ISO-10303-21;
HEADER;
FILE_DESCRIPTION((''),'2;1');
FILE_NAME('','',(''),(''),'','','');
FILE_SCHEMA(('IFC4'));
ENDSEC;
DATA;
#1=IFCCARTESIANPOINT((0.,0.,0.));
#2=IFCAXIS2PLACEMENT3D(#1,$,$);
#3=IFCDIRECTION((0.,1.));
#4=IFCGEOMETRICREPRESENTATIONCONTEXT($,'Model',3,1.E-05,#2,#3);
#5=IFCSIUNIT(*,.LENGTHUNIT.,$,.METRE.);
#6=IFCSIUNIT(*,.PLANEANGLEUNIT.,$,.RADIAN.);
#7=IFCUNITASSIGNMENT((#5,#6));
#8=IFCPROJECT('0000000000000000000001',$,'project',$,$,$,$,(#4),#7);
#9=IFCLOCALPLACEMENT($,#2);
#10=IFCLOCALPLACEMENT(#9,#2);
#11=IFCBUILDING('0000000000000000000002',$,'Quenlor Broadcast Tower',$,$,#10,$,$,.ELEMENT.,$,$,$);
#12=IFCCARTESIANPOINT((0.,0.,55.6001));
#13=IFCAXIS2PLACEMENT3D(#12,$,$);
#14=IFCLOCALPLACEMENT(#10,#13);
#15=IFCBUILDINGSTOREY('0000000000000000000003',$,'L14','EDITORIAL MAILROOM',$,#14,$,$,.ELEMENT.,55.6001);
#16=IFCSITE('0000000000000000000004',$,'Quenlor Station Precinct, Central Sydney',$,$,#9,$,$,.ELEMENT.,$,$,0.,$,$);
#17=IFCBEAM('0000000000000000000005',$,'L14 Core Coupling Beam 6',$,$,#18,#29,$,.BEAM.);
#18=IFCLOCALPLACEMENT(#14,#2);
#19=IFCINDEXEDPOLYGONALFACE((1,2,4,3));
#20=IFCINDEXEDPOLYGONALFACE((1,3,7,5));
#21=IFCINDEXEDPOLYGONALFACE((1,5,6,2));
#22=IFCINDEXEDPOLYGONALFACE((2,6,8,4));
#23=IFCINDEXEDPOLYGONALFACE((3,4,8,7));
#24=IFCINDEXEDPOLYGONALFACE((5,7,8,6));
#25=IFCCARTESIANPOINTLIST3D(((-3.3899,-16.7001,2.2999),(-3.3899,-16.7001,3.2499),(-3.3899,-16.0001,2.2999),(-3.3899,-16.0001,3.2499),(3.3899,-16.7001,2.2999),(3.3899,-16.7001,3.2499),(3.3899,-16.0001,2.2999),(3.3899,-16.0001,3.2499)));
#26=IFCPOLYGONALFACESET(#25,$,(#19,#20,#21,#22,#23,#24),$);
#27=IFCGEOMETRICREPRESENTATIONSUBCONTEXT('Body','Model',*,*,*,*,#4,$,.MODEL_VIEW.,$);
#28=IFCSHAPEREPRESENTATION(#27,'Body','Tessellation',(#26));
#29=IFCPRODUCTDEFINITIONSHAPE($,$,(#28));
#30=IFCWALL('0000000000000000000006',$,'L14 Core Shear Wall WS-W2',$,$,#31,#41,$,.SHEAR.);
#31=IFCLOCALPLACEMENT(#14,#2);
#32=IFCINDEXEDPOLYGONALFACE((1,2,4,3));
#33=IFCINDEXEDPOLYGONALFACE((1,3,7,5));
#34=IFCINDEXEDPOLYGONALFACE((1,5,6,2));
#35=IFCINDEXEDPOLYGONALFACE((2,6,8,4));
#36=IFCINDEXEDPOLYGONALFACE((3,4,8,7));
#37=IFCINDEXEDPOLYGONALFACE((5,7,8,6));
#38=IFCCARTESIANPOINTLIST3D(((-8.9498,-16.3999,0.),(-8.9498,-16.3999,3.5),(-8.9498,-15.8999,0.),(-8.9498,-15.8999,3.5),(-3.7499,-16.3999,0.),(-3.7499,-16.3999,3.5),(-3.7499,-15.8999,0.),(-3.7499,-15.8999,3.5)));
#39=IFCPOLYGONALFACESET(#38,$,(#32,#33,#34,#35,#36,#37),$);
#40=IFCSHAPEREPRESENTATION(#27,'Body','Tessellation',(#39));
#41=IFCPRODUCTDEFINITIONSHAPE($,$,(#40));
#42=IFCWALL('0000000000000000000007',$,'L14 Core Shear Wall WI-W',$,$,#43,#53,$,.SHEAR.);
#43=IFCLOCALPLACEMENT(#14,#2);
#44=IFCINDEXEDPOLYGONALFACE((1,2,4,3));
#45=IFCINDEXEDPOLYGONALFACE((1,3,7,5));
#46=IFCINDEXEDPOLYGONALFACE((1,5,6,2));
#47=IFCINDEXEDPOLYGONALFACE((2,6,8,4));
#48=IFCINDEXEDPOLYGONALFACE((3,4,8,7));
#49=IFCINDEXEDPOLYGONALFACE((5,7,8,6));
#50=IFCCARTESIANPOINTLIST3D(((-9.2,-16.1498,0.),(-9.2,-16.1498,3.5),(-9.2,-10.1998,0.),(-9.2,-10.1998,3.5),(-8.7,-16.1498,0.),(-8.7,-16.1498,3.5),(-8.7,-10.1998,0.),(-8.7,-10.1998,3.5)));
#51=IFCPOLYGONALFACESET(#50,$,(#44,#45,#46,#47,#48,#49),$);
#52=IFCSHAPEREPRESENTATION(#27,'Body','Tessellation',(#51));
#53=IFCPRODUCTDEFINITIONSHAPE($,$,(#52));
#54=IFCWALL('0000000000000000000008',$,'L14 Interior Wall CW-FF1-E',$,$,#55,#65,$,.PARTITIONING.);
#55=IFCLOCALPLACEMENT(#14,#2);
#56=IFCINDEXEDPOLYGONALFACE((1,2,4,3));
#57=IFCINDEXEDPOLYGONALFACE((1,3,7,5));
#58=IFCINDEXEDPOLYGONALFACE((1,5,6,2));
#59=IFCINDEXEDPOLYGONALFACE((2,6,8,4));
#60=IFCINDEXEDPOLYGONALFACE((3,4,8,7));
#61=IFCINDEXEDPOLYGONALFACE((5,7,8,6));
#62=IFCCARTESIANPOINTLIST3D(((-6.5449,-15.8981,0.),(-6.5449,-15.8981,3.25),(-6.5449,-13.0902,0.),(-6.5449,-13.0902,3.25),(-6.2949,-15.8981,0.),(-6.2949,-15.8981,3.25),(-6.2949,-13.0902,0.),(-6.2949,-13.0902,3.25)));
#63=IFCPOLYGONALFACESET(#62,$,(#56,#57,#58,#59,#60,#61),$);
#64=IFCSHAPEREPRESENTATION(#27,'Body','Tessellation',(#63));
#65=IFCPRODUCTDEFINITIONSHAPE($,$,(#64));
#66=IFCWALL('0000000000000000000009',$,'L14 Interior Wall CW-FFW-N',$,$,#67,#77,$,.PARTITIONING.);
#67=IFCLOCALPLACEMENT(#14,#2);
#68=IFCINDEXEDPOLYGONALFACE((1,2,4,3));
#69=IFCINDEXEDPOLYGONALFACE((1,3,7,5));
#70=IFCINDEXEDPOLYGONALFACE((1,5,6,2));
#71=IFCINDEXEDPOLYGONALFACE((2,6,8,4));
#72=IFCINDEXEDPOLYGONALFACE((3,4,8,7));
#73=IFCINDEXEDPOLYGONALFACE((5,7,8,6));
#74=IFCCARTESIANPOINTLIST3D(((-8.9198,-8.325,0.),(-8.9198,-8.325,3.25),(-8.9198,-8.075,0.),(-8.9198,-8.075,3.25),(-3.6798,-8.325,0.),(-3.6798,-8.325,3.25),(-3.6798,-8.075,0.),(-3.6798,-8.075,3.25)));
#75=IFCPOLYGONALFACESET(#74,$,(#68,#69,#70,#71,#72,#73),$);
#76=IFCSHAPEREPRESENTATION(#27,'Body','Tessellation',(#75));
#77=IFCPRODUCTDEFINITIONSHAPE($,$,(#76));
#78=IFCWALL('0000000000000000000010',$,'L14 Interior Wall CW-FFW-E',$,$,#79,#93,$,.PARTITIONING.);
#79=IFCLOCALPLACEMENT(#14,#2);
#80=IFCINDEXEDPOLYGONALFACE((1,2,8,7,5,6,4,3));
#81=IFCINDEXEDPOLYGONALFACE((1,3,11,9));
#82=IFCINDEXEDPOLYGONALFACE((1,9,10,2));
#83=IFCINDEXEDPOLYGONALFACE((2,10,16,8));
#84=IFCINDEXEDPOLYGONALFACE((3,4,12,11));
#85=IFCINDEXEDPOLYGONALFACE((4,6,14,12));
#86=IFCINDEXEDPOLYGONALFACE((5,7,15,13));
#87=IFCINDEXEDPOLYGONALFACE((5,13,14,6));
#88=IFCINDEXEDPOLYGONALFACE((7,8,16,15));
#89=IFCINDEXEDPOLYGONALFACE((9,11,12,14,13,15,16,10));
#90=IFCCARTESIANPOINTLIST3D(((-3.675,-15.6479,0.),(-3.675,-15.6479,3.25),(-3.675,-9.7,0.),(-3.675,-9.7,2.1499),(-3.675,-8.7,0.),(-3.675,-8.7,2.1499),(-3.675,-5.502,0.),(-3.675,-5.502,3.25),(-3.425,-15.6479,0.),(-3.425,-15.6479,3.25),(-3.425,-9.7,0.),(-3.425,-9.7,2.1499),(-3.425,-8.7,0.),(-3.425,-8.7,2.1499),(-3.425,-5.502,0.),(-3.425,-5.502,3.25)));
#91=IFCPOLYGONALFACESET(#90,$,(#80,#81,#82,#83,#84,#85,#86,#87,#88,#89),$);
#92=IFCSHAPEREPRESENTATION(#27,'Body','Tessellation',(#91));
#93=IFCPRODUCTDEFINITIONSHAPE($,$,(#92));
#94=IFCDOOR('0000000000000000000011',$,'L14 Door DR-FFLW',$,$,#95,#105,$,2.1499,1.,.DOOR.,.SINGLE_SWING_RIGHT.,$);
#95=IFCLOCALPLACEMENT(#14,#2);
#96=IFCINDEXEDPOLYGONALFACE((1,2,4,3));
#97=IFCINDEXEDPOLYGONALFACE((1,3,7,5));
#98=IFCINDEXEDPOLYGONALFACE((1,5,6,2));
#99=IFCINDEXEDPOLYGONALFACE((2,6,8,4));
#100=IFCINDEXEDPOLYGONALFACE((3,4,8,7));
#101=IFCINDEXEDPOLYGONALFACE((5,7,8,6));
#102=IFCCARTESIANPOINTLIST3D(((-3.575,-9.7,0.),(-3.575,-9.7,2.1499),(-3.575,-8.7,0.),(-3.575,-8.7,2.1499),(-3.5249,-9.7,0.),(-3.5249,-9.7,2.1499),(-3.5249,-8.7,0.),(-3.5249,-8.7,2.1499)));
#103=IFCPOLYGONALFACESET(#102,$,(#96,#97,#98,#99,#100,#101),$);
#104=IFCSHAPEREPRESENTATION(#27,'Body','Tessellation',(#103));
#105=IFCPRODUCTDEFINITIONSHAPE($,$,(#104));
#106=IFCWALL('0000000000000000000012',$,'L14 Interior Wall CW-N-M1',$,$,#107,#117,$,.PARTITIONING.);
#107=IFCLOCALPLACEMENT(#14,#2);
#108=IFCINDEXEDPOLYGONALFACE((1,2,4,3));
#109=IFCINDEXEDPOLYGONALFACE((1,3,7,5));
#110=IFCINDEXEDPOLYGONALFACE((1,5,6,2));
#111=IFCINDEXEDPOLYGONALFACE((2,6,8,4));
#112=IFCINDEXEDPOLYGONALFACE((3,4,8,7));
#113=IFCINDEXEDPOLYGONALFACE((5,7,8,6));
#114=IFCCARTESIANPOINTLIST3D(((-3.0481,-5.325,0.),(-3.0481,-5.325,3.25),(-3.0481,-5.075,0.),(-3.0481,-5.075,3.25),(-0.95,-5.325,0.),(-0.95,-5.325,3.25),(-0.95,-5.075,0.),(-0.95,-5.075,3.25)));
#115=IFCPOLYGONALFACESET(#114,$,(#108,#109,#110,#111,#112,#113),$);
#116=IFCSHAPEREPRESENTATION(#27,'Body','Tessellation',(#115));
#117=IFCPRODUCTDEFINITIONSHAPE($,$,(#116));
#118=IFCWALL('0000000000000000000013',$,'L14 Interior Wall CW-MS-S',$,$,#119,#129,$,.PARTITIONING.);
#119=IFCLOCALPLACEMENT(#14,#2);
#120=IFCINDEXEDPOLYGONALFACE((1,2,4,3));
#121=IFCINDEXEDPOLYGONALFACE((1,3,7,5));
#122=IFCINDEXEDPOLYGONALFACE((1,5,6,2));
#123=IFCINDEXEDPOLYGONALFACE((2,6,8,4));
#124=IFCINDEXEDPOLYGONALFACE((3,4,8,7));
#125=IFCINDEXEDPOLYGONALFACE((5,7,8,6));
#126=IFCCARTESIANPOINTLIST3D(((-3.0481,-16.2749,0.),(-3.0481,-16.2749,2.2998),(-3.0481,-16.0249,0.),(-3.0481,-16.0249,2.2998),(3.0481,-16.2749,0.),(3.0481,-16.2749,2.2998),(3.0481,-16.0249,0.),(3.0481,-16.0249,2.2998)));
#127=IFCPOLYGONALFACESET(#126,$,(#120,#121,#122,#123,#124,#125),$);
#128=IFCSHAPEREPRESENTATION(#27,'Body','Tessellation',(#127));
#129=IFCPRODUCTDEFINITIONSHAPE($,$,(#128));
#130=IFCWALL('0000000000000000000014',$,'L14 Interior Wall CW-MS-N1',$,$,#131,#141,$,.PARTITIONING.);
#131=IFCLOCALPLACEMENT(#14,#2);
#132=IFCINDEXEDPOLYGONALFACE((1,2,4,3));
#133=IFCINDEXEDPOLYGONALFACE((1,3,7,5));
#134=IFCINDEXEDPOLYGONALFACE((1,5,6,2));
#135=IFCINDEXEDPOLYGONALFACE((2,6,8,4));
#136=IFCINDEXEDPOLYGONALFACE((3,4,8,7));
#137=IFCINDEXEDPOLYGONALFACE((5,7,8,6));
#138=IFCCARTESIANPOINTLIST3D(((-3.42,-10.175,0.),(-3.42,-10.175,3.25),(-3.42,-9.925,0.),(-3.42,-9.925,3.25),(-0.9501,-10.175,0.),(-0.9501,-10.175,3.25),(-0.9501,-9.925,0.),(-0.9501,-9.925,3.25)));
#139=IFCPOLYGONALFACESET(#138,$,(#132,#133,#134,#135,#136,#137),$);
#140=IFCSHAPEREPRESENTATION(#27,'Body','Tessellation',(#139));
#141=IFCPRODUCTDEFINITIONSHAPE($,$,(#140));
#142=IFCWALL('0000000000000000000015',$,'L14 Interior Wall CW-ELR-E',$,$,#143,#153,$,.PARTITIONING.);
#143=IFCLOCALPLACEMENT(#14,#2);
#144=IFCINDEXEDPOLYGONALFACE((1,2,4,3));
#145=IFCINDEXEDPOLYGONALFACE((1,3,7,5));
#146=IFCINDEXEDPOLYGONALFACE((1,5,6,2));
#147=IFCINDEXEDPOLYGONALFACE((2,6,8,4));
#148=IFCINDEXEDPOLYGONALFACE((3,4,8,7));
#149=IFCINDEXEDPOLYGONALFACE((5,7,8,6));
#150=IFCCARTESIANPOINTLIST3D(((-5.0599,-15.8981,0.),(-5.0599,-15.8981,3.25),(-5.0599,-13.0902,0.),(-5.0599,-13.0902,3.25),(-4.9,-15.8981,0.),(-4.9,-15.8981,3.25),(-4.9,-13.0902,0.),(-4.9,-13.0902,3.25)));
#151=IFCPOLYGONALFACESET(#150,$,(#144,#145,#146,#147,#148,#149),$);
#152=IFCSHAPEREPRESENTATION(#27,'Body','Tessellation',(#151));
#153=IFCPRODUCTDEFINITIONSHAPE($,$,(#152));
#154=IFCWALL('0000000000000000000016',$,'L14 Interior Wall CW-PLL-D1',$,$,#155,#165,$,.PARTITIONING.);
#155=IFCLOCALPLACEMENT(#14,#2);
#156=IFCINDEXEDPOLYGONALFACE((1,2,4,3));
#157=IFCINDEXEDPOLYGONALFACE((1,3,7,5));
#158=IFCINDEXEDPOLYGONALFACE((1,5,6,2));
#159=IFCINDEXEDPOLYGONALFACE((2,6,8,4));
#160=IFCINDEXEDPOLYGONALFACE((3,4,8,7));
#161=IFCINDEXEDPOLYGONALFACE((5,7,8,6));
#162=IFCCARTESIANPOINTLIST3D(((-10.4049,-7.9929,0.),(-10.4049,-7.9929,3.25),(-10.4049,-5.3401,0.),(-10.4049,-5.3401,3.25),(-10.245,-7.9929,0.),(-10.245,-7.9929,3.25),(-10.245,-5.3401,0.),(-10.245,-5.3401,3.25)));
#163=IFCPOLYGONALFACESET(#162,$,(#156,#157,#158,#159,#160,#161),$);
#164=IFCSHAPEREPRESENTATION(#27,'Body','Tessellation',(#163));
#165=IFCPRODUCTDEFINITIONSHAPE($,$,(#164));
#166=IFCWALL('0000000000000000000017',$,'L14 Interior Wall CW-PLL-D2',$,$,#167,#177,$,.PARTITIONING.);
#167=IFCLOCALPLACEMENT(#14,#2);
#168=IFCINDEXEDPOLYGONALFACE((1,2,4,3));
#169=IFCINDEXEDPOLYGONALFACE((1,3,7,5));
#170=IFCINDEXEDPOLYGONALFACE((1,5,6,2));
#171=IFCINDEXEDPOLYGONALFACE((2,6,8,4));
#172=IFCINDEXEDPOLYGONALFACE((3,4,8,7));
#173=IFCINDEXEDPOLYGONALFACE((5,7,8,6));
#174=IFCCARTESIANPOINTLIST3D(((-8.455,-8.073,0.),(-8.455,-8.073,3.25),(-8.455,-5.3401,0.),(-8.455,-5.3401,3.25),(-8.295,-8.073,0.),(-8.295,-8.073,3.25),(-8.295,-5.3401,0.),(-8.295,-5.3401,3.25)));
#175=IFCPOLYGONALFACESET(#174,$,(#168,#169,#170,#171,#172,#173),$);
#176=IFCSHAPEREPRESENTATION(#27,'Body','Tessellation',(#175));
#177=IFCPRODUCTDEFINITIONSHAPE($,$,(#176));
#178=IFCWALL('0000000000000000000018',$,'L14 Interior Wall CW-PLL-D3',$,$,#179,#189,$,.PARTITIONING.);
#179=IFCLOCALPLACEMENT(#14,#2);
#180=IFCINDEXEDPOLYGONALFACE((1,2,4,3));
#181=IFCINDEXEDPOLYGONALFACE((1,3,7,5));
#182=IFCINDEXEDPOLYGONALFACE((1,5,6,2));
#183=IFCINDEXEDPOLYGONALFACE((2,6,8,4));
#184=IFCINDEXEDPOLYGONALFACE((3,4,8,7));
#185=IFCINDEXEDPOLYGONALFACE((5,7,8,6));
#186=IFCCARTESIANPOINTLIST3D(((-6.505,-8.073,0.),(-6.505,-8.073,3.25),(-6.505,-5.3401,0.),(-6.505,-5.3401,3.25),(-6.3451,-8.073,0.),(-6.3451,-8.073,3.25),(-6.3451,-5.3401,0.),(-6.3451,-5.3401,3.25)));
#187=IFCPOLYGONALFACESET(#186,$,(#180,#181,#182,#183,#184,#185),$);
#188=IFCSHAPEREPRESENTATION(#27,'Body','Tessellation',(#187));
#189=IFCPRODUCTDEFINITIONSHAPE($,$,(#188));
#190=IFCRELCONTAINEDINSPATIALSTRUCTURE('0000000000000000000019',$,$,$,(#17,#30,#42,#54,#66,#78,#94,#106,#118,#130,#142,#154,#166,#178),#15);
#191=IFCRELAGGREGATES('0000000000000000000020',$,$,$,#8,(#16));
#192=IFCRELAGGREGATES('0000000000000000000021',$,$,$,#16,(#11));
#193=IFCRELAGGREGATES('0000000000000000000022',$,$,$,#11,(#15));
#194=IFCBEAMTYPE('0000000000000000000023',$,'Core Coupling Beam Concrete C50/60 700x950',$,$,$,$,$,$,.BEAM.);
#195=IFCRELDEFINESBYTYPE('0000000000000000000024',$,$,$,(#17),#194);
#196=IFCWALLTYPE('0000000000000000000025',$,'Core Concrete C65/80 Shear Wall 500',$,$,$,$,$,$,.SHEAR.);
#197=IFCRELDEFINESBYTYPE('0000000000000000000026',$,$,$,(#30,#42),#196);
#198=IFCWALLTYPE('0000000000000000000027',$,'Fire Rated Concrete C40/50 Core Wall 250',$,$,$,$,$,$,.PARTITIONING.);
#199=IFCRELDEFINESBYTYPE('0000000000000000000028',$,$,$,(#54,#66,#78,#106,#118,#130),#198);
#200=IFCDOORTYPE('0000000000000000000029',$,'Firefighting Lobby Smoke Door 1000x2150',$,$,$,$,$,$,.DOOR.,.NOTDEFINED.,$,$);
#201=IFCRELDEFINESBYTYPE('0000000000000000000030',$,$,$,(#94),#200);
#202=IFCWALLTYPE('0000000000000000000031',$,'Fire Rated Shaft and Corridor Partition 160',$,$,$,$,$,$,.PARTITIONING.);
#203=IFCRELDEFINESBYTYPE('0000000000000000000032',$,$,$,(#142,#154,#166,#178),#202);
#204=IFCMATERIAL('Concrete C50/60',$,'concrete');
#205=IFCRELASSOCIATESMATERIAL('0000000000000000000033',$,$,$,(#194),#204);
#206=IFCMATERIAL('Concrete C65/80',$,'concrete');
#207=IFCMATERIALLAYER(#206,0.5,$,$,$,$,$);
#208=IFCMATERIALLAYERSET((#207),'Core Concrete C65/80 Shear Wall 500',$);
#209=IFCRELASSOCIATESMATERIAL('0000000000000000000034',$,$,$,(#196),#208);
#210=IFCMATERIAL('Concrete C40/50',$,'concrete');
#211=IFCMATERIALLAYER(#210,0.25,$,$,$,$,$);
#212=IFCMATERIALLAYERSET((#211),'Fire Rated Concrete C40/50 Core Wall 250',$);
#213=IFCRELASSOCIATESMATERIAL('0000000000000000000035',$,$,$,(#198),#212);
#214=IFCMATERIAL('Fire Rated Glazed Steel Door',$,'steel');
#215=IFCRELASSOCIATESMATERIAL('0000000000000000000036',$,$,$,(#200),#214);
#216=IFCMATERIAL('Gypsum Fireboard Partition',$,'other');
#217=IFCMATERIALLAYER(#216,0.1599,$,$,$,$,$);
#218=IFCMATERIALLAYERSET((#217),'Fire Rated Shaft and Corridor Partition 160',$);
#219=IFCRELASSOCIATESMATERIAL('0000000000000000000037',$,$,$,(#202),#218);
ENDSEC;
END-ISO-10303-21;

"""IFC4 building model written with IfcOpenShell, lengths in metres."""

from ifc_helpers import new_model, si_unit, direction, frame, frame_2d, origin, origin_2d, place, context, subcontext, project, spatial, rectangle, extrude, material, layer, layer_set, material_profile, profile_set, type_object, element, fill, save


model = new_model("IFC4")

# Units and contexts
model_context = context("Model", 3, precision=1e-05, world=origin(), true_north=direction((0.0, 1.0)))
body_context = subcontext(model_context, "Body", "Model", "MODEL_VIEW")
ifc_project = project(units=[si_unit("LENGTHUNIT", "METRE"), si_unit("PLANEANGLEUNIT", "RADIAN")], contexts=[model_context])

# Site, building, storey
site_placement = place(None, origin())
site = spatial("IfcSite", under=ifc_project, at=site_placement, Name="Quenlor Station Precinct, Central Sydney", CompositionType="ELEMENT", RefElevation=0.0)
building_placement = place(site_placement, origin())
building = spatial("IfcBuilding", under=site, at=building_placement, Name="Quenlor Broadcast Tower", CompositionType="ELEMENT")
storey_placement = place(building_placement, frame((0.0, 0.0, 55.6001)))
storey = spatial("IfcBuildingStorey", under=building, at=storey_placement, Name="L14", Description="EDITORIAL MAILROOM", CompositionType="ELEMENT", Elevation=55.6001)

# Beam
ifc_material_1 = material(Name="Concrete C50/60", Category="concrete")
ifc_material_profile = material_profile(ifc_material_1, rectangle(XDim=0.7, YDim=0.95, at=origin_2d()))
ifc_profile_set = profile_set([ifc_material_profile], Name="Concrete C50/60 RCB700x950")
beam_type = type_object("IfcBeamType", Name="Core Coupling Beam Concrete C50/60 700x950", PredefinedType="BEAM", material=ifc_profile_set)
beam_placement = place(storey_placement, frame((-3.3899, -16.3501, 2.7749), z_axis=(1.0, 0.0, 0.0), x_axis=(0.0, 1.0, 0.0)))
element("IfcBeam", 1, at=beam_placement, inside=storey, type_object=beam_type, Name="L14 Core Coupling Beam 6", PredefinedType="BEAM", context=body_context, shape_type="SweptSolid", body=[
    extrude(rectangle(XDim=0.7, YDim=0.95, at=origin_2d()), origin(), (0.0, 0.0, 1.0), 6.7798),
])

# Walls
ifc_material_2 = material(Name="Concrete C65/80", Category="concrete")
ifc_layer_1 = layer(ifc_material_2, 0.5)
ifc_layer_set_1 = layer_set([ifc_layer_1], Name="Core Concrete C65/80 Shear Wall 500")
wall_type_1 = type_object("IfcWallType", Name="Core Concrete C65/80 Shear Wall 500", PredefinedType="SHEAR", material=ifc_layer_set_1)
wall_1_placement = place(storey_placement, frame((-8.95, -16.1499, 0.0), z_axis=(0.0, 0.0, 1.0), x_axis=(1.0, 0.0, 0.0)))
element("IfcWall", 2, at=wall_1_placement, inside=storey, type_object=wall_type_1, Name="L14 Core Shear Wall WS-W2", PredefinedType="SHEAR", context=body_context, shape_type="SweptSolid", body=[
    extrude(rectangle(XDim=5.2, YDim=0.5, at=frame_2d((2.6001, 0.0))), origin(), (0.0, 0.0, 1.0), 3.5),
])
wall_2_placement = place(storey_placement, frame((-8.95, -16.1499, 0.0), z_axis=(0.0, 0.0, 1.0), x_axis=(0.0, 1.0, 0.0)))
element("IfcWall", 3, at=wall_2_placement, inside=storey, type_object=wall_type_1, Name="L14 Core Shear Wall WI-W", PredefinedType="SHEAR", context=body_context, shape_type="SweptSolid", body=[
    extrude(rectangle(XDim=5.95, YDim=0.5, at=frame_2d((2.9751, 0.0))), origin(), (0.0, 0.0, 1.0), 3.5),
])

# Shared definitions
ifc_material_3 = material(Name="Concrete C40/50", Category="concrete")
ifc_layer_2 = layer(ifc_material_3, 0.25)
ifc_layer_set_2 = layer_set([ifc_layer_2], Name="Fire Rated Concrete C40/50 Core Wall 250")
wall_type_2 = type_object("IfcWallType", Name="Fire Rated Concrete C40/50 Core Wall 250", PredefinedType="PARTITIONING", material=ifc_layer_set_2)

# Walls
wall_3_placement = place(storey_placement, frame((-6.4199, -15.8979, 0.0), z_axis=(0.0, 0.0, 1.0), x_axis=(0.0, 1.0, 0.0)))
element("IfcWall", 4, at=wall_3_placement, inside=storey, type_object=wall_type_2, Name="L14 Interior Wall CW-FF1-E", PredefinedType="PARTITIONING", context=body_context, shape_type="SweptSolid", body=[
    extrude(rectangle(XDim=2.8079, YDim=0.25, at=frame_2d((1.4038, 0.0))), origin(), (0.0, 0.0, 1.0), 3.25),
])
wall_4_placement = place(storey_placement, frame((-8.9199, -8.2, 0.0), z_axis=(0.0, 0.0, 1.0), x_axis=(1.0, 0.0, 0.0)))
element("IfcWall", 5, at=wall_4_placement, inside=storey, type_object=wall_type_2, Name="L14 Interior Wall CW-FFW-N", PredefinedType="PARTITIONING", context=body_context, shape_type="SweptSolid", body=[
    extrude(rectangle(XDim=5.24, YDim=0.25, at=frame_2d((2.6201, 0.0))), origin(), (0.0, 0.0, 1.0), 3.25),
])

# Wall, opening, door
wall_5_placement = place(storey_placement, frame((-3.55, -15.6479, 0.0), z_axis=(0.0, 0.0, 1.0), x_axis=(0.0, 1.0, 0.0)))
wall_5 = element("IfcWall", 6, at=wall_5_placement, inside=storey, type_object=wall_type_2, Name="L14 Interior Wall CW-FFW-E", PredefinedType="PARTITIONING", context=body_context, shape_type="SweptSolid", body=[
    extrude(rectangle(XDim=10.146, YDim=0.25, at=frame_2d((5.073, 0.0))), origin(), (0.0, 0.0, 1.0), 3.25),
])
opening_1_placement = place(wall_5_placement, frame((5.948, 0.0, 0.0)))
opening_1 = element("IfcOpeningElement", 7, at=opening_1_placement, cuts=wall_5, PredefinedType="OPENING", context=body_context, shape_type="SweptSolid", body=[
    extrude(rectangle(XDim=1.0, YDim=2.1499, at=frame_2d((0.5, 1.075))), frame((0.0, 0.135, 0.0), z_axis=(0.0, -1.0, 0.0), x_axis=(1.0, 0.0, 0.0)), (0.0, 0.0, 1.0), 0.27),
])
ifc_material_4 = material(Name="Fire Rated Glazed Steel Door", Category="steel")
door_type_1 = type_object("IfcDoorType", Name="Firefighting Lobby Smoke Door 1000x2150", OperationType="NOTDEFINED", PredefinedType="DOOR", material=ifc_material_4)
door_1_placement = place(opening_1_placement, origin())
door_1 = element("IfcDoor", 8, at=door_1_placement, inside=storey, type_object=door_type_1, Name="L14 Door DR-FFLW", OperationType="SINGLE_SWING_RIGHT", OverallHeight=2.1499, OverallWidth=1.0, PredefinedType="DOOR", context=body_context, shape_type="SweptSolid", body=[
    extrude(rectangle(XDim=1.0, YDim=2.1499, at=frame_2d((0.5, 1.075))), frame((0.0, 0.0249, 0.0), z_axis=(0.0, -1.0, 0.0), x_axis=(1.0, 0.0, 0.0)), (0.0, 0.0, 1.0), 0.05),
])
fill(opening_1, door_1)

# Walls
wall_6_placement = place(storey_placement, frame((-3.0481, -5.2, 0.0), z_axis=(0.0, 0.0, 1.0), x_axis=(1.0, 0.0, 0.0)))
element("IfcWall", 9, at=wall_6_placement, inside=storey, type_object=wall_type_2, Name="L14 Interior Wall CW-N-M1", PredefinedType="PARTITIONING", context=body_context, shape_type="SweptSolid", body=[
    extrude(rectangle(XDim=2.0981, YDim=0.25, at=frame_2d((1.0491, 0.0))), origin(), (0.0, 0.0, 1.0), 3.25),
])
wall_7_placement = place(storey_placement, frame((-3.0481, -16.1499, 0.0), z_axis=(0.0, 0.0, 1.0), x_axis=(1.0, 0.0, 0.0)))
element("IfcWall", 10, at=wall_7_placement, inside=storey, type_object=wall_type_2, Name="L14 Interior Wall CW-MS-S", PredefinedType="PARTITIONING", context=body_context, shape_type="SweptSolid", body=[
    extrude(rectangle(XDim=6.0962, YDim=0.25, at=frame_2d((3.0481, 0.0))), origin(), (0.0, 0.0, 1.0), 2.2998),
])
wall_8_placement = place(storey_placement, frame((-3.4199, -10.05, 0.0), z_axis=(0.0, 0.0, 1.0), x_axis=(1.0, 0.0, 0.0)))
element("IfcWall", 11, at=wall_8_placement, inside=storey, type_object=wall_type_2, Name="L14 Interior Wall CW-MS-N1", PredefinedType="PARTITIONING", context=body_context, shape_type="SweptSolid", body=[
    extrude(rectangle(XDim=2.47, YDim=0.25, at=frame_2d((1.2349, 0.0))), origin(), (0.0, 0.0, 1.0), 3.25),
])
ifc_material_5 = material(Name="Gypsum Fireboard Partition", Category="other")
ifc_layer_3 = layer(ifc_material_5, 0.1599)
ifc_layer_set_3 = layer_set([ifc_layer_3], Name="Fire Rated Shaft and Corridor Partition 160")
wall_type_3 = type_object("IfcWallType", Name="Fire Rated Shaft and Corridor Partition 160", PredefinedType="PARTITIONING", material=ifc_layer_set_3)
wall_9_placement = place(storey_placement, frame((-4.98, -15.8979, 0.0), z_axis=(0.0, 0.0, 1.0), x_axis=(0.0, 1.0, 0.0)))
element("IfcWall", 12, at=wall_9_placement, inside=storey, type_object=wall_type_3, Name="L14 Interior Wall CW-ELR-E", PredefinedType="PARTITIONING", context=body_context, shape_type="SweptSolid", body=[
    extrude(rectangle(XDim=2.8079, YDim=0.1599, at=frame_2d((1.4038, 0.0))), origin(), (0.0, 0.0, 1.0), 3.25),
])
wall_10_placement = place(storey_placement, frame((-10.325, -7.9929, 0.0), z_axis=(0.0, 0.0, 1.0), x_axis=(0.0, 1.0, 0.0)))
element("IfcWall", 13, at=wall_10_placement, inside=storey, type_object=wall_type_3, Name="L14 Interior Wall CW-PLL-D1", PredefinedType="PARTITIONING", context=body_context, shape_type="SweptSolid", body=[
    extrude(rectangle(XDim=2.6528, YDim=0.1599, at=frame_2d((1.3264, 0.0))), origin(), (0.0, 0.0, 1.0), 3.25),
])
for number, where, z_axis, x_axis, name in (
    (14, (-8.375, -8.073, 0.0), (0.0, 0.0, 1.0), (0.0, 1.0, 0.0), "L14 Interior Wall CW-PLL-D2"),
    (15, (-6.425, -8.073, 0.0), (0.0, 0.0, 1.0), (0.0, 1.0, 0.0), "L14 Interior Wall CW-PLL-D3"),
):
    element("IfcWall", number, at=place(storey_placement, frame(where, z_axis=z_axis, x_axis=x_axis)), inside=storey, type_object=wall_type_3, Name=name, PredefinedType="PARTITIONING", context=body_context, shape_type="SweptSolid", body=[
        extrude(rectangle(XDim=2.7329, YDim=0.1599, at=frame_2d((1.3665, 0.0))), origin(), (0.0, 0.0, 1.0), 3.25),
    ])

save(model, "model.ifc")
